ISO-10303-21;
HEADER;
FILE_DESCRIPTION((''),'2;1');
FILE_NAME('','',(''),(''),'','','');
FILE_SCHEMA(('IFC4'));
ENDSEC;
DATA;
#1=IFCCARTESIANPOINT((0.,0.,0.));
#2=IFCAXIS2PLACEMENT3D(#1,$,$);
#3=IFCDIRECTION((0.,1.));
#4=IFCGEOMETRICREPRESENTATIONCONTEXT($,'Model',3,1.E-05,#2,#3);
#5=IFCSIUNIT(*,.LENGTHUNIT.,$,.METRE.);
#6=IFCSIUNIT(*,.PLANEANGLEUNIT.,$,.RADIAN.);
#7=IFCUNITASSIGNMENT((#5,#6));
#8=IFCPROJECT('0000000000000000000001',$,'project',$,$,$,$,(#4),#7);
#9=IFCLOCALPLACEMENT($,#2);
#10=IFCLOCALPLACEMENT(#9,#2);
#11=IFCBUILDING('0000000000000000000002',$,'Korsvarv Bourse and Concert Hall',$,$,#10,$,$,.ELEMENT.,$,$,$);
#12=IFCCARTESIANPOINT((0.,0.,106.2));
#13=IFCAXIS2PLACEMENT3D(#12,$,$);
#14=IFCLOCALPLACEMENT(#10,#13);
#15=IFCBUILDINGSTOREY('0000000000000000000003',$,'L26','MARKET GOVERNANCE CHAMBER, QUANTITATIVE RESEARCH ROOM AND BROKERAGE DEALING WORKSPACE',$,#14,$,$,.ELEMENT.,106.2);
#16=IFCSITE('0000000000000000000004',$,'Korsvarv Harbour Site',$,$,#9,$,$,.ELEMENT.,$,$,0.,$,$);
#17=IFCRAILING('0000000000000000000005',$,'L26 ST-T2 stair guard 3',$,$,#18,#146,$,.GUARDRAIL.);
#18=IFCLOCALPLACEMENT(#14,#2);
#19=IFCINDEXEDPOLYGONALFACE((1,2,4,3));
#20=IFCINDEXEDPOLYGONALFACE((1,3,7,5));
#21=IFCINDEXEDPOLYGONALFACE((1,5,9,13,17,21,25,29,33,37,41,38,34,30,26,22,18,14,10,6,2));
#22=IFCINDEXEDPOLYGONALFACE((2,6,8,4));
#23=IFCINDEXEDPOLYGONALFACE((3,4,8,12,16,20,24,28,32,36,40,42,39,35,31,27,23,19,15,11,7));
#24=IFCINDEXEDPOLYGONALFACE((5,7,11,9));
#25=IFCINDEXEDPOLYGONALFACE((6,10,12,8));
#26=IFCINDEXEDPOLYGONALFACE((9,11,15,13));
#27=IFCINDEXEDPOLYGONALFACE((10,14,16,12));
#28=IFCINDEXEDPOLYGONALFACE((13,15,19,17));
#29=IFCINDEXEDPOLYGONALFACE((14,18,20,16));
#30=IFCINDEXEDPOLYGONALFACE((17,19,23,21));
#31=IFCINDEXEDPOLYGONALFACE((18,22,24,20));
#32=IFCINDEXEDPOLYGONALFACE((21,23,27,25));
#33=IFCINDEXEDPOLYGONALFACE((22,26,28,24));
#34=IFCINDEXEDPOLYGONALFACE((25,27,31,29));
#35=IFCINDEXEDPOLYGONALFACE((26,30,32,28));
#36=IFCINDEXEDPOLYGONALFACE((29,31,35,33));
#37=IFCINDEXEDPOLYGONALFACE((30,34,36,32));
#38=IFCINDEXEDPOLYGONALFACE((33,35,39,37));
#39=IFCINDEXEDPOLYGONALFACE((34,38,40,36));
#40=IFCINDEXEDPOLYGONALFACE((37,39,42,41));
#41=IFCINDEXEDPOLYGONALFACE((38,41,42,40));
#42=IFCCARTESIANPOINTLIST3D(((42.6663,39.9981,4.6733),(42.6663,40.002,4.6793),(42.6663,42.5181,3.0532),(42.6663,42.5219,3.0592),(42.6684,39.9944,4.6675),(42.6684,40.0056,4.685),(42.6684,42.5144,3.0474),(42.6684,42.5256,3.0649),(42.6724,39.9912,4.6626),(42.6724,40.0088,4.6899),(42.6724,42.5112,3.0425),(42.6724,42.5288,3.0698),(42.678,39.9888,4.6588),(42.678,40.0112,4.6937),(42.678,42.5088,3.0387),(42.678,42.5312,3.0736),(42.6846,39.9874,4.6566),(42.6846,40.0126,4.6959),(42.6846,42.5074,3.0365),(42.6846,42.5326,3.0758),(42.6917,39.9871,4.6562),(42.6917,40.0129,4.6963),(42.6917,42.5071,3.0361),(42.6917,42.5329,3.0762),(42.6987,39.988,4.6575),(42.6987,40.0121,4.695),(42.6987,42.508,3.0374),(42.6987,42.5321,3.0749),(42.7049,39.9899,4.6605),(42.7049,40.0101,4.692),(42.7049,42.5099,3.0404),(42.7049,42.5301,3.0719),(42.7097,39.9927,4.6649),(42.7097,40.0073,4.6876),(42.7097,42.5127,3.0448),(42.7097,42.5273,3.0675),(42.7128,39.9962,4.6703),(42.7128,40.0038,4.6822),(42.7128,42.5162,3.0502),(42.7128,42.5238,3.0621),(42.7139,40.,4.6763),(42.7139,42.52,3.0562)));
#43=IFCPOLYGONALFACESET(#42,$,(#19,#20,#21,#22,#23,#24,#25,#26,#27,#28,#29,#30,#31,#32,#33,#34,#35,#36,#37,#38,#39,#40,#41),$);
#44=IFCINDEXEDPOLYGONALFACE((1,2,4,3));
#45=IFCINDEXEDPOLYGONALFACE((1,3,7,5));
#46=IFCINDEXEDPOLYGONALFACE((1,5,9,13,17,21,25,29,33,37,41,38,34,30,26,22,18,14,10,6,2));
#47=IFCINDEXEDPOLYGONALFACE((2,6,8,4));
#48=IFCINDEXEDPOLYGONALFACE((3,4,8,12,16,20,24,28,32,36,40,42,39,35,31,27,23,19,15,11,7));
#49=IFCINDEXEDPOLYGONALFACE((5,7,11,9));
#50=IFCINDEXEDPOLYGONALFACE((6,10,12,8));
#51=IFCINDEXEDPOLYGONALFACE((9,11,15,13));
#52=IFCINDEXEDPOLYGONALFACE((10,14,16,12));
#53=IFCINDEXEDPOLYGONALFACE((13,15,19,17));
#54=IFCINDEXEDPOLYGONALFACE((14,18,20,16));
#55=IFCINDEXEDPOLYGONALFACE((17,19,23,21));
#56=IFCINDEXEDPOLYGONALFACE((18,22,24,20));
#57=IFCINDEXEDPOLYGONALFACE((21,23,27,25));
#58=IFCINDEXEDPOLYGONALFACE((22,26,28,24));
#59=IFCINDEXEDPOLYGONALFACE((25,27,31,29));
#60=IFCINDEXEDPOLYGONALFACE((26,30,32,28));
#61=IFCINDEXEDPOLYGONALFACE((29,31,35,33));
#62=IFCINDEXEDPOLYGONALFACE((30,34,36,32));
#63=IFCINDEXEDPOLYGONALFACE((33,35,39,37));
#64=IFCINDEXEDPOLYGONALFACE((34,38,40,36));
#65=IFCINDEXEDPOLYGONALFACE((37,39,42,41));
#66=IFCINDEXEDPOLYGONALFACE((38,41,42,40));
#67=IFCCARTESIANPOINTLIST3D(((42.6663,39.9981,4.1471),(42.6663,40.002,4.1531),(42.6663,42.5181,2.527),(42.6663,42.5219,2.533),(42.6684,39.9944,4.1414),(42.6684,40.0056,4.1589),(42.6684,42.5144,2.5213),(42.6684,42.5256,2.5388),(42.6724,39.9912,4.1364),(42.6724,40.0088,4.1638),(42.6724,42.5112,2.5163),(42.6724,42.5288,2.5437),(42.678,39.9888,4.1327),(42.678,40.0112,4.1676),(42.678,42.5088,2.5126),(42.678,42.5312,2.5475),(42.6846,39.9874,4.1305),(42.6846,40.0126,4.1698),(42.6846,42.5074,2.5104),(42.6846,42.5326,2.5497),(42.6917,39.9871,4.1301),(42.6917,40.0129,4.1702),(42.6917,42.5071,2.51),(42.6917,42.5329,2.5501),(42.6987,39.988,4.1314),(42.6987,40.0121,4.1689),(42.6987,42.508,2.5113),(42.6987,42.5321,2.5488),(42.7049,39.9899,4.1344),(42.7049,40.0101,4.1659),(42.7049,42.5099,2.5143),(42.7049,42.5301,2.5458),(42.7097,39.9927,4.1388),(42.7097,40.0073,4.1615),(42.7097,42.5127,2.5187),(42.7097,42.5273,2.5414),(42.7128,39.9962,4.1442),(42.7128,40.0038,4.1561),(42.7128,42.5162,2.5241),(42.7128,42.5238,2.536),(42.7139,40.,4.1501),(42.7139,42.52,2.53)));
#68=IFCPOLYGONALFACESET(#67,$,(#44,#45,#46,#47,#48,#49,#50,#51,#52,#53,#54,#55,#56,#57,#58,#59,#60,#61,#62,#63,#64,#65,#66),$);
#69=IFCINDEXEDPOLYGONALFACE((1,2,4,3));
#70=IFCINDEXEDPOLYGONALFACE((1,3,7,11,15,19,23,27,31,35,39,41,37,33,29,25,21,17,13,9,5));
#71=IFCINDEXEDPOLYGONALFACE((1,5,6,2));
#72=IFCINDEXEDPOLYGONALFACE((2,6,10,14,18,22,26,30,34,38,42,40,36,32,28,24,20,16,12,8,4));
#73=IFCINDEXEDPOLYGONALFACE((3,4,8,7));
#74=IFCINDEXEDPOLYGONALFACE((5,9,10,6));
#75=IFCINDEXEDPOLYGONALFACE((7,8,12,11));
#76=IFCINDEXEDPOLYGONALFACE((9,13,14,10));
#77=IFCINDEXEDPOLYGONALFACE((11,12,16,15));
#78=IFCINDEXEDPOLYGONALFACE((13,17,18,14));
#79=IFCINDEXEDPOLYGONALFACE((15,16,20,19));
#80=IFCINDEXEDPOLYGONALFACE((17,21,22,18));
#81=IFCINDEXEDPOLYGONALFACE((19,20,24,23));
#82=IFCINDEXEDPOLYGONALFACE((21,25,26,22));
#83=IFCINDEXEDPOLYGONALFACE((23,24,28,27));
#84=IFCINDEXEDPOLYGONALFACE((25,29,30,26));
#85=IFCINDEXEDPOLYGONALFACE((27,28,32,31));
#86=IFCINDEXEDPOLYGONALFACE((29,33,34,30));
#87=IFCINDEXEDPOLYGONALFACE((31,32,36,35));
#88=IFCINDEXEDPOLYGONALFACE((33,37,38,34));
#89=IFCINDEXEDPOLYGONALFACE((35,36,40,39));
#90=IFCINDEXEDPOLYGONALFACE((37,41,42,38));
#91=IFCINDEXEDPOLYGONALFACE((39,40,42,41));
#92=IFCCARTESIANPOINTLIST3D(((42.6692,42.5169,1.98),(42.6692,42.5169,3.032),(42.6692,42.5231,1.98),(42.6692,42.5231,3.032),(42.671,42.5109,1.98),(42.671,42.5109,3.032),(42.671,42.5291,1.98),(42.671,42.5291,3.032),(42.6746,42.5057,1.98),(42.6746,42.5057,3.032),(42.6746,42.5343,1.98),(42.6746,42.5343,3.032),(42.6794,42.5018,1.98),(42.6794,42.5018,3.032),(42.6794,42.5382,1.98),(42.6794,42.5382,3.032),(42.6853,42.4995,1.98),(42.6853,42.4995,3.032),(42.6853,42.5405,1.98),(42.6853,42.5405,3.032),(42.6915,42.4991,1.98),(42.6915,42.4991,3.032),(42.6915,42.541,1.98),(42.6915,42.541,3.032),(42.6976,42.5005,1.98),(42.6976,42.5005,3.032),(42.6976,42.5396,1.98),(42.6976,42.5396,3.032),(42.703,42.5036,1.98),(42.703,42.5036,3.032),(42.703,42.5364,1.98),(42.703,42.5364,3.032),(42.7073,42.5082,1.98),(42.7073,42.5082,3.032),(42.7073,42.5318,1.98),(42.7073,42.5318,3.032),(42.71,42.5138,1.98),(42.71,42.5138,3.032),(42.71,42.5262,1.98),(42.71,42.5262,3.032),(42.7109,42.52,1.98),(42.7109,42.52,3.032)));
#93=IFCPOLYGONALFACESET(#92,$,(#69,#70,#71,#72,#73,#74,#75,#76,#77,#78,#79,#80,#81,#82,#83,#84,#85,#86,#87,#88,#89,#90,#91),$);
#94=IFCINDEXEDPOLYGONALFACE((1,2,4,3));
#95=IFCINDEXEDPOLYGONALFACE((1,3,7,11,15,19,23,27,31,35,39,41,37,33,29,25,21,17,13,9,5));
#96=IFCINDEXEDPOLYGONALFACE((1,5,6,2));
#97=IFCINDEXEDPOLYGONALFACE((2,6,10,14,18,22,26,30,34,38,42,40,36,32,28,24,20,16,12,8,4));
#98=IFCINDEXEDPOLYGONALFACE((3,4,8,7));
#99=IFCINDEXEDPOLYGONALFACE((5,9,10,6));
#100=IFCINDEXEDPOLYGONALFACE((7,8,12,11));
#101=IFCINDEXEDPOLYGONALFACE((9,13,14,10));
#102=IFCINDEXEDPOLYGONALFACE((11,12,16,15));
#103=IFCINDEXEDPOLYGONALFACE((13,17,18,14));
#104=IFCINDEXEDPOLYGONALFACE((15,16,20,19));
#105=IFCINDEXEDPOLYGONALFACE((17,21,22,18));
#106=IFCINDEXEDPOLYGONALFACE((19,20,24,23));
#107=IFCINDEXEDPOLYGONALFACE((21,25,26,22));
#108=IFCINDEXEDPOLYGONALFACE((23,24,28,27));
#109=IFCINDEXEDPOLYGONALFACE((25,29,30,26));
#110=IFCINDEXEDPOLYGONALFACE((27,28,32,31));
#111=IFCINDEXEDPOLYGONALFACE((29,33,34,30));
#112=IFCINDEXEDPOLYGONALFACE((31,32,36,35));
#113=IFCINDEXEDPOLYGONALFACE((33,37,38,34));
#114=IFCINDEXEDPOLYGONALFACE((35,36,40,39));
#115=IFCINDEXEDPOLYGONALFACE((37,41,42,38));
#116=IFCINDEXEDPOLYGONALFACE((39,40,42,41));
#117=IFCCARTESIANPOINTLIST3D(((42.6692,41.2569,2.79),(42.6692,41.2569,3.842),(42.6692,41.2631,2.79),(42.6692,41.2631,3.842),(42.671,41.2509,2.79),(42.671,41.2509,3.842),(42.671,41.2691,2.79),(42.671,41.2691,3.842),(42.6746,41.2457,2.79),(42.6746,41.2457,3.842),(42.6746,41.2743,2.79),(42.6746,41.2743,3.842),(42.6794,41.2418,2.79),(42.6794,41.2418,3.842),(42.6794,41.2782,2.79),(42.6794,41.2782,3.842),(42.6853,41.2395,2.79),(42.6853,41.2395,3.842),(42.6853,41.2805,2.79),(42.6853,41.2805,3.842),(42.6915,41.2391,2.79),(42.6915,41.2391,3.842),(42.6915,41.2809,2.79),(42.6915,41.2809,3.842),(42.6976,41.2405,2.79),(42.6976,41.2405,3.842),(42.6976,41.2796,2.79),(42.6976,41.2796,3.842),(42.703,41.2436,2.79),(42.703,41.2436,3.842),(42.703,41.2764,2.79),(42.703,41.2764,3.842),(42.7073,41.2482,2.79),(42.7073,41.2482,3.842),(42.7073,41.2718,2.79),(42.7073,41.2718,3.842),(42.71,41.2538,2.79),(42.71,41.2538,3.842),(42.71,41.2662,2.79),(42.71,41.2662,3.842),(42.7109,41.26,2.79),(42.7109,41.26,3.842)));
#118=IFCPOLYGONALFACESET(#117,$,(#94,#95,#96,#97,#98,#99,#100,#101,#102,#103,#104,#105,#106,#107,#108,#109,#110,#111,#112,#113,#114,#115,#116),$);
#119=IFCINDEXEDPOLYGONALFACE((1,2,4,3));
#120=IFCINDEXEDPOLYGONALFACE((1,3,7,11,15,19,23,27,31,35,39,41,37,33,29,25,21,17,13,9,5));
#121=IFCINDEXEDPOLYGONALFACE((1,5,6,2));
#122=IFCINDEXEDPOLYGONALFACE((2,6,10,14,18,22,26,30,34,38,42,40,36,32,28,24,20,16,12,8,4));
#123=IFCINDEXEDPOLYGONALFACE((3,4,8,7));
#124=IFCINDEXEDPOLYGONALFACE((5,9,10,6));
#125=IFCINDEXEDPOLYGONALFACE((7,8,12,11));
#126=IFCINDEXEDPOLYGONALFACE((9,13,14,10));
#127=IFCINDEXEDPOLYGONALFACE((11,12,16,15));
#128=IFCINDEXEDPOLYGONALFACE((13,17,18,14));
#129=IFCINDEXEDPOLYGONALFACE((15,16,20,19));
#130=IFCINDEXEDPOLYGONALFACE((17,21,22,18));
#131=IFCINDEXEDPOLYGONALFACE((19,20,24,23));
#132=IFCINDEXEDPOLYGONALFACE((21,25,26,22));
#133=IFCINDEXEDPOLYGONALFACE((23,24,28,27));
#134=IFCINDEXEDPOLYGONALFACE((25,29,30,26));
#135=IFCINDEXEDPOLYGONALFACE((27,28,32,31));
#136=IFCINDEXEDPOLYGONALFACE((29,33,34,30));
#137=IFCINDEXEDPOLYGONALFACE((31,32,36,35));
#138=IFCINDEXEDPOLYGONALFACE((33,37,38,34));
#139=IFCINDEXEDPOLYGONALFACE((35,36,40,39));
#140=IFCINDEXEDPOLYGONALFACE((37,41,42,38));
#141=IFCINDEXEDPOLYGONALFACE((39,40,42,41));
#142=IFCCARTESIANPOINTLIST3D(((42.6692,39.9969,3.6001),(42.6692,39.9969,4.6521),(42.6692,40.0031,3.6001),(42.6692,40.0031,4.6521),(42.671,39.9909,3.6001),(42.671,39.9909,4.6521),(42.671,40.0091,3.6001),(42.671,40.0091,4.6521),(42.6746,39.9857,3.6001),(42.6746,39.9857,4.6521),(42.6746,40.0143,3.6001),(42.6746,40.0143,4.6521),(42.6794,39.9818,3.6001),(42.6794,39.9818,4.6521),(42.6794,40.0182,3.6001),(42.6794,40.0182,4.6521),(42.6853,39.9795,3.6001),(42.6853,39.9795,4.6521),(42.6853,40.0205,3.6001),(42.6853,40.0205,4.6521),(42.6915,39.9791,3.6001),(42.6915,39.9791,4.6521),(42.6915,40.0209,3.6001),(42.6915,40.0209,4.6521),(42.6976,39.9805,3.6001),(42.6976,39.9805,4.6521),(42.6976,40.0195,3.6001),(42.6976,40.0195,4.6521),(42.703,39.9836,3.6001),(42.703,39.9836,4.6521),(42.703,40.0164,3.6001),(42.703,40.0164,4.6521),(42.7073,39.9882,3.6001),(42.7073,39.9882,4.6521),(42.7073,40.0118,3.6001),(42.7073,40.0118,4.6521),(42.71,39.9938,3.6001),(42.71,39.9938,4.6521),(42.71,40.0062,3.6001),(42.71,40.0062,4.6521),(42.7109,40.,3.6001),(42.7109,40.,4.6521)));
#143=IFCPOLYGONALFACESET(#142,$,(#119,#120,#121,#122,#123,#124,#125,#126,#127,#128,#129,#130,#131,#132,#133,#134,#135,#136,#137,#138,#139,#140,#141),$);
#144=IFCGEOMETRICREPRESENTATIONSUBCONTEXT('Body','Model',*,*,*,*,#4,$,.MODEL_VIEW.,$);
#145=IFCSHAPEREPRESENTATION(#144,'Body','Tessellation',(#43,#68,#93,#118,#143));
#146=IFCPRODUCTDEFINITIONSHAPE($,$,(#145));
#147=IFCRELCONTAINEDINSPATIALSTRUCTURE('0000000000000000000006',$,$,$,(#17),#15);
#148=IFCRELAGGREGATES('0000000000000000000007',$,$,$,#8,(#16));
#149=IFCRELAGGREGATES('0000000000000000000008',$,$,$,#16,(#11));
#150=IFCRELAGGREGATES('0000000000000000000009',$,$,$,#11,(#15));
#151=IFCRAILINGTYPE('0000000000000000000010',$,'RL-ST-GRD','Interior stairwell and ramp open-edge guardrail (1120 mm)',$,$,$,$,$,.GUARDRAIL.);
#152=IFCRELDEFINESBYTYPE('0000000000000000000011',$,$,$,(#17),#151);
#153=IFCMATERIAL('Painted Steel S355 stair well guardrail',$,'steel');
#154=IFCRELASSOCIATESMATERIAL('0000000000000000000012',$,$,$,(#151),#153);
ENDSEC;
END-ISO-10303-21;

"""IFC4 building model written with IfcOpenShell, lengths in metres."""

from ifc_helpers import new_model, si_unit, direction, frame, origin, origin_2d, place, context, subcontext, project, spatial, circle, extrude, material, type_object, element, save


model = new_model("IFC4")

# Units and contexts
model_context = context("Model", 3, precision=1e-05, world=origin(), true_north=direction((0.0, 1.0)))
body_context = subcontext(model_context, "Body", "Model", "MODEL_VIEW")
ifc_project = project(units=[si_unit("LENGTHUNIT", "METRE"), si_unit("PLANEANGLEUNIT", "RADIAN")], contexts=[model_context])

# Site, building, storey
site_placement = place(None, origin())
site = spatial("IfcSite", under=ifc_project, at=site_placement, Name="Korsvarv Harbour Site", CompositionType="ELEMENT", RefElevation=0.0)
building_placement = place(site_placement, origin())
building = spatial("IfcBuilding", under=site, at=building_placement, Name="Korsvarv Bourse and Concert Hall", CompositionType="ELEMENT")
storey_placement = place(building_placement, frame((0.0, 0.0, 106.2)))
storey = spatial("IfcBuildingStorey", under=building, at=storey_placement, Name="L26", Description="MARKET GOVERNANCE CHAMBER, QUANTITATIVE RESEARCH ROOM AND BROKERAGE DEALING WORKSPACE", CompositionType="ELEMENT", Elevation=106.2)

# Railing
ifc_material_1 = material(Name="Painted Steel S355 stair well guardrail", Category="steel")
railing_type_1 = type_object("IfcRailingType", Name="RL-ST-GRD", Description="Interior stairwell and ramp open-edge guardrail (1120 mm)", PredefinedType="GUARDRAIL", material=ifc_material_1)
railing_1_placement = place(storey_placement, frame((42.6899, 42.52, 1.98)))
element("IfcRailing", 1, at=railing_1_placement, inside=storey, type_object=railing_type_1, Name="L26 ST-T2 stair guard 3", PredefinedType="GUARDRAIL", context=body_context, shape_type="SweptSolid", body=[
    extrude(circle(Radius=0.0239, at=origin_2d()), frame((0.0, 0.0, 1.0762), z_axis=(0.0, -0.841163, 0.540782), x_axis=(1.0, 0.0, 0.0)), (0.0, 0.0, 1.0), 2.9958),
    extrude(circle(Radius=0.0239, at=origin_2d()), frame((0.0, 0.0, 0.55), z_axis=(0.0, -0.841163, 0.540782), x_axis=(1.0, 0.0, 0.0)), (0.0, 0.0, 1.0), 2.9958),
    extrude(circle(Radius=0.021, at=origin_2d()), origin(), (0.0, 0.0, 1.0), 1.052),
    extrude(circle(Radius=0.021, at=origin_2d()), frame((0.0, -1.26, 0.8101)), (0.0, 0.0, 1.0), 1.052),
    extrude(circle(Radius=0.021, at=origin_2d()), frame((0.0, -2.52, 1.6201)), (0.0, 0.0, 1.0), 1.052),
])

save(model, "model.ifc")
